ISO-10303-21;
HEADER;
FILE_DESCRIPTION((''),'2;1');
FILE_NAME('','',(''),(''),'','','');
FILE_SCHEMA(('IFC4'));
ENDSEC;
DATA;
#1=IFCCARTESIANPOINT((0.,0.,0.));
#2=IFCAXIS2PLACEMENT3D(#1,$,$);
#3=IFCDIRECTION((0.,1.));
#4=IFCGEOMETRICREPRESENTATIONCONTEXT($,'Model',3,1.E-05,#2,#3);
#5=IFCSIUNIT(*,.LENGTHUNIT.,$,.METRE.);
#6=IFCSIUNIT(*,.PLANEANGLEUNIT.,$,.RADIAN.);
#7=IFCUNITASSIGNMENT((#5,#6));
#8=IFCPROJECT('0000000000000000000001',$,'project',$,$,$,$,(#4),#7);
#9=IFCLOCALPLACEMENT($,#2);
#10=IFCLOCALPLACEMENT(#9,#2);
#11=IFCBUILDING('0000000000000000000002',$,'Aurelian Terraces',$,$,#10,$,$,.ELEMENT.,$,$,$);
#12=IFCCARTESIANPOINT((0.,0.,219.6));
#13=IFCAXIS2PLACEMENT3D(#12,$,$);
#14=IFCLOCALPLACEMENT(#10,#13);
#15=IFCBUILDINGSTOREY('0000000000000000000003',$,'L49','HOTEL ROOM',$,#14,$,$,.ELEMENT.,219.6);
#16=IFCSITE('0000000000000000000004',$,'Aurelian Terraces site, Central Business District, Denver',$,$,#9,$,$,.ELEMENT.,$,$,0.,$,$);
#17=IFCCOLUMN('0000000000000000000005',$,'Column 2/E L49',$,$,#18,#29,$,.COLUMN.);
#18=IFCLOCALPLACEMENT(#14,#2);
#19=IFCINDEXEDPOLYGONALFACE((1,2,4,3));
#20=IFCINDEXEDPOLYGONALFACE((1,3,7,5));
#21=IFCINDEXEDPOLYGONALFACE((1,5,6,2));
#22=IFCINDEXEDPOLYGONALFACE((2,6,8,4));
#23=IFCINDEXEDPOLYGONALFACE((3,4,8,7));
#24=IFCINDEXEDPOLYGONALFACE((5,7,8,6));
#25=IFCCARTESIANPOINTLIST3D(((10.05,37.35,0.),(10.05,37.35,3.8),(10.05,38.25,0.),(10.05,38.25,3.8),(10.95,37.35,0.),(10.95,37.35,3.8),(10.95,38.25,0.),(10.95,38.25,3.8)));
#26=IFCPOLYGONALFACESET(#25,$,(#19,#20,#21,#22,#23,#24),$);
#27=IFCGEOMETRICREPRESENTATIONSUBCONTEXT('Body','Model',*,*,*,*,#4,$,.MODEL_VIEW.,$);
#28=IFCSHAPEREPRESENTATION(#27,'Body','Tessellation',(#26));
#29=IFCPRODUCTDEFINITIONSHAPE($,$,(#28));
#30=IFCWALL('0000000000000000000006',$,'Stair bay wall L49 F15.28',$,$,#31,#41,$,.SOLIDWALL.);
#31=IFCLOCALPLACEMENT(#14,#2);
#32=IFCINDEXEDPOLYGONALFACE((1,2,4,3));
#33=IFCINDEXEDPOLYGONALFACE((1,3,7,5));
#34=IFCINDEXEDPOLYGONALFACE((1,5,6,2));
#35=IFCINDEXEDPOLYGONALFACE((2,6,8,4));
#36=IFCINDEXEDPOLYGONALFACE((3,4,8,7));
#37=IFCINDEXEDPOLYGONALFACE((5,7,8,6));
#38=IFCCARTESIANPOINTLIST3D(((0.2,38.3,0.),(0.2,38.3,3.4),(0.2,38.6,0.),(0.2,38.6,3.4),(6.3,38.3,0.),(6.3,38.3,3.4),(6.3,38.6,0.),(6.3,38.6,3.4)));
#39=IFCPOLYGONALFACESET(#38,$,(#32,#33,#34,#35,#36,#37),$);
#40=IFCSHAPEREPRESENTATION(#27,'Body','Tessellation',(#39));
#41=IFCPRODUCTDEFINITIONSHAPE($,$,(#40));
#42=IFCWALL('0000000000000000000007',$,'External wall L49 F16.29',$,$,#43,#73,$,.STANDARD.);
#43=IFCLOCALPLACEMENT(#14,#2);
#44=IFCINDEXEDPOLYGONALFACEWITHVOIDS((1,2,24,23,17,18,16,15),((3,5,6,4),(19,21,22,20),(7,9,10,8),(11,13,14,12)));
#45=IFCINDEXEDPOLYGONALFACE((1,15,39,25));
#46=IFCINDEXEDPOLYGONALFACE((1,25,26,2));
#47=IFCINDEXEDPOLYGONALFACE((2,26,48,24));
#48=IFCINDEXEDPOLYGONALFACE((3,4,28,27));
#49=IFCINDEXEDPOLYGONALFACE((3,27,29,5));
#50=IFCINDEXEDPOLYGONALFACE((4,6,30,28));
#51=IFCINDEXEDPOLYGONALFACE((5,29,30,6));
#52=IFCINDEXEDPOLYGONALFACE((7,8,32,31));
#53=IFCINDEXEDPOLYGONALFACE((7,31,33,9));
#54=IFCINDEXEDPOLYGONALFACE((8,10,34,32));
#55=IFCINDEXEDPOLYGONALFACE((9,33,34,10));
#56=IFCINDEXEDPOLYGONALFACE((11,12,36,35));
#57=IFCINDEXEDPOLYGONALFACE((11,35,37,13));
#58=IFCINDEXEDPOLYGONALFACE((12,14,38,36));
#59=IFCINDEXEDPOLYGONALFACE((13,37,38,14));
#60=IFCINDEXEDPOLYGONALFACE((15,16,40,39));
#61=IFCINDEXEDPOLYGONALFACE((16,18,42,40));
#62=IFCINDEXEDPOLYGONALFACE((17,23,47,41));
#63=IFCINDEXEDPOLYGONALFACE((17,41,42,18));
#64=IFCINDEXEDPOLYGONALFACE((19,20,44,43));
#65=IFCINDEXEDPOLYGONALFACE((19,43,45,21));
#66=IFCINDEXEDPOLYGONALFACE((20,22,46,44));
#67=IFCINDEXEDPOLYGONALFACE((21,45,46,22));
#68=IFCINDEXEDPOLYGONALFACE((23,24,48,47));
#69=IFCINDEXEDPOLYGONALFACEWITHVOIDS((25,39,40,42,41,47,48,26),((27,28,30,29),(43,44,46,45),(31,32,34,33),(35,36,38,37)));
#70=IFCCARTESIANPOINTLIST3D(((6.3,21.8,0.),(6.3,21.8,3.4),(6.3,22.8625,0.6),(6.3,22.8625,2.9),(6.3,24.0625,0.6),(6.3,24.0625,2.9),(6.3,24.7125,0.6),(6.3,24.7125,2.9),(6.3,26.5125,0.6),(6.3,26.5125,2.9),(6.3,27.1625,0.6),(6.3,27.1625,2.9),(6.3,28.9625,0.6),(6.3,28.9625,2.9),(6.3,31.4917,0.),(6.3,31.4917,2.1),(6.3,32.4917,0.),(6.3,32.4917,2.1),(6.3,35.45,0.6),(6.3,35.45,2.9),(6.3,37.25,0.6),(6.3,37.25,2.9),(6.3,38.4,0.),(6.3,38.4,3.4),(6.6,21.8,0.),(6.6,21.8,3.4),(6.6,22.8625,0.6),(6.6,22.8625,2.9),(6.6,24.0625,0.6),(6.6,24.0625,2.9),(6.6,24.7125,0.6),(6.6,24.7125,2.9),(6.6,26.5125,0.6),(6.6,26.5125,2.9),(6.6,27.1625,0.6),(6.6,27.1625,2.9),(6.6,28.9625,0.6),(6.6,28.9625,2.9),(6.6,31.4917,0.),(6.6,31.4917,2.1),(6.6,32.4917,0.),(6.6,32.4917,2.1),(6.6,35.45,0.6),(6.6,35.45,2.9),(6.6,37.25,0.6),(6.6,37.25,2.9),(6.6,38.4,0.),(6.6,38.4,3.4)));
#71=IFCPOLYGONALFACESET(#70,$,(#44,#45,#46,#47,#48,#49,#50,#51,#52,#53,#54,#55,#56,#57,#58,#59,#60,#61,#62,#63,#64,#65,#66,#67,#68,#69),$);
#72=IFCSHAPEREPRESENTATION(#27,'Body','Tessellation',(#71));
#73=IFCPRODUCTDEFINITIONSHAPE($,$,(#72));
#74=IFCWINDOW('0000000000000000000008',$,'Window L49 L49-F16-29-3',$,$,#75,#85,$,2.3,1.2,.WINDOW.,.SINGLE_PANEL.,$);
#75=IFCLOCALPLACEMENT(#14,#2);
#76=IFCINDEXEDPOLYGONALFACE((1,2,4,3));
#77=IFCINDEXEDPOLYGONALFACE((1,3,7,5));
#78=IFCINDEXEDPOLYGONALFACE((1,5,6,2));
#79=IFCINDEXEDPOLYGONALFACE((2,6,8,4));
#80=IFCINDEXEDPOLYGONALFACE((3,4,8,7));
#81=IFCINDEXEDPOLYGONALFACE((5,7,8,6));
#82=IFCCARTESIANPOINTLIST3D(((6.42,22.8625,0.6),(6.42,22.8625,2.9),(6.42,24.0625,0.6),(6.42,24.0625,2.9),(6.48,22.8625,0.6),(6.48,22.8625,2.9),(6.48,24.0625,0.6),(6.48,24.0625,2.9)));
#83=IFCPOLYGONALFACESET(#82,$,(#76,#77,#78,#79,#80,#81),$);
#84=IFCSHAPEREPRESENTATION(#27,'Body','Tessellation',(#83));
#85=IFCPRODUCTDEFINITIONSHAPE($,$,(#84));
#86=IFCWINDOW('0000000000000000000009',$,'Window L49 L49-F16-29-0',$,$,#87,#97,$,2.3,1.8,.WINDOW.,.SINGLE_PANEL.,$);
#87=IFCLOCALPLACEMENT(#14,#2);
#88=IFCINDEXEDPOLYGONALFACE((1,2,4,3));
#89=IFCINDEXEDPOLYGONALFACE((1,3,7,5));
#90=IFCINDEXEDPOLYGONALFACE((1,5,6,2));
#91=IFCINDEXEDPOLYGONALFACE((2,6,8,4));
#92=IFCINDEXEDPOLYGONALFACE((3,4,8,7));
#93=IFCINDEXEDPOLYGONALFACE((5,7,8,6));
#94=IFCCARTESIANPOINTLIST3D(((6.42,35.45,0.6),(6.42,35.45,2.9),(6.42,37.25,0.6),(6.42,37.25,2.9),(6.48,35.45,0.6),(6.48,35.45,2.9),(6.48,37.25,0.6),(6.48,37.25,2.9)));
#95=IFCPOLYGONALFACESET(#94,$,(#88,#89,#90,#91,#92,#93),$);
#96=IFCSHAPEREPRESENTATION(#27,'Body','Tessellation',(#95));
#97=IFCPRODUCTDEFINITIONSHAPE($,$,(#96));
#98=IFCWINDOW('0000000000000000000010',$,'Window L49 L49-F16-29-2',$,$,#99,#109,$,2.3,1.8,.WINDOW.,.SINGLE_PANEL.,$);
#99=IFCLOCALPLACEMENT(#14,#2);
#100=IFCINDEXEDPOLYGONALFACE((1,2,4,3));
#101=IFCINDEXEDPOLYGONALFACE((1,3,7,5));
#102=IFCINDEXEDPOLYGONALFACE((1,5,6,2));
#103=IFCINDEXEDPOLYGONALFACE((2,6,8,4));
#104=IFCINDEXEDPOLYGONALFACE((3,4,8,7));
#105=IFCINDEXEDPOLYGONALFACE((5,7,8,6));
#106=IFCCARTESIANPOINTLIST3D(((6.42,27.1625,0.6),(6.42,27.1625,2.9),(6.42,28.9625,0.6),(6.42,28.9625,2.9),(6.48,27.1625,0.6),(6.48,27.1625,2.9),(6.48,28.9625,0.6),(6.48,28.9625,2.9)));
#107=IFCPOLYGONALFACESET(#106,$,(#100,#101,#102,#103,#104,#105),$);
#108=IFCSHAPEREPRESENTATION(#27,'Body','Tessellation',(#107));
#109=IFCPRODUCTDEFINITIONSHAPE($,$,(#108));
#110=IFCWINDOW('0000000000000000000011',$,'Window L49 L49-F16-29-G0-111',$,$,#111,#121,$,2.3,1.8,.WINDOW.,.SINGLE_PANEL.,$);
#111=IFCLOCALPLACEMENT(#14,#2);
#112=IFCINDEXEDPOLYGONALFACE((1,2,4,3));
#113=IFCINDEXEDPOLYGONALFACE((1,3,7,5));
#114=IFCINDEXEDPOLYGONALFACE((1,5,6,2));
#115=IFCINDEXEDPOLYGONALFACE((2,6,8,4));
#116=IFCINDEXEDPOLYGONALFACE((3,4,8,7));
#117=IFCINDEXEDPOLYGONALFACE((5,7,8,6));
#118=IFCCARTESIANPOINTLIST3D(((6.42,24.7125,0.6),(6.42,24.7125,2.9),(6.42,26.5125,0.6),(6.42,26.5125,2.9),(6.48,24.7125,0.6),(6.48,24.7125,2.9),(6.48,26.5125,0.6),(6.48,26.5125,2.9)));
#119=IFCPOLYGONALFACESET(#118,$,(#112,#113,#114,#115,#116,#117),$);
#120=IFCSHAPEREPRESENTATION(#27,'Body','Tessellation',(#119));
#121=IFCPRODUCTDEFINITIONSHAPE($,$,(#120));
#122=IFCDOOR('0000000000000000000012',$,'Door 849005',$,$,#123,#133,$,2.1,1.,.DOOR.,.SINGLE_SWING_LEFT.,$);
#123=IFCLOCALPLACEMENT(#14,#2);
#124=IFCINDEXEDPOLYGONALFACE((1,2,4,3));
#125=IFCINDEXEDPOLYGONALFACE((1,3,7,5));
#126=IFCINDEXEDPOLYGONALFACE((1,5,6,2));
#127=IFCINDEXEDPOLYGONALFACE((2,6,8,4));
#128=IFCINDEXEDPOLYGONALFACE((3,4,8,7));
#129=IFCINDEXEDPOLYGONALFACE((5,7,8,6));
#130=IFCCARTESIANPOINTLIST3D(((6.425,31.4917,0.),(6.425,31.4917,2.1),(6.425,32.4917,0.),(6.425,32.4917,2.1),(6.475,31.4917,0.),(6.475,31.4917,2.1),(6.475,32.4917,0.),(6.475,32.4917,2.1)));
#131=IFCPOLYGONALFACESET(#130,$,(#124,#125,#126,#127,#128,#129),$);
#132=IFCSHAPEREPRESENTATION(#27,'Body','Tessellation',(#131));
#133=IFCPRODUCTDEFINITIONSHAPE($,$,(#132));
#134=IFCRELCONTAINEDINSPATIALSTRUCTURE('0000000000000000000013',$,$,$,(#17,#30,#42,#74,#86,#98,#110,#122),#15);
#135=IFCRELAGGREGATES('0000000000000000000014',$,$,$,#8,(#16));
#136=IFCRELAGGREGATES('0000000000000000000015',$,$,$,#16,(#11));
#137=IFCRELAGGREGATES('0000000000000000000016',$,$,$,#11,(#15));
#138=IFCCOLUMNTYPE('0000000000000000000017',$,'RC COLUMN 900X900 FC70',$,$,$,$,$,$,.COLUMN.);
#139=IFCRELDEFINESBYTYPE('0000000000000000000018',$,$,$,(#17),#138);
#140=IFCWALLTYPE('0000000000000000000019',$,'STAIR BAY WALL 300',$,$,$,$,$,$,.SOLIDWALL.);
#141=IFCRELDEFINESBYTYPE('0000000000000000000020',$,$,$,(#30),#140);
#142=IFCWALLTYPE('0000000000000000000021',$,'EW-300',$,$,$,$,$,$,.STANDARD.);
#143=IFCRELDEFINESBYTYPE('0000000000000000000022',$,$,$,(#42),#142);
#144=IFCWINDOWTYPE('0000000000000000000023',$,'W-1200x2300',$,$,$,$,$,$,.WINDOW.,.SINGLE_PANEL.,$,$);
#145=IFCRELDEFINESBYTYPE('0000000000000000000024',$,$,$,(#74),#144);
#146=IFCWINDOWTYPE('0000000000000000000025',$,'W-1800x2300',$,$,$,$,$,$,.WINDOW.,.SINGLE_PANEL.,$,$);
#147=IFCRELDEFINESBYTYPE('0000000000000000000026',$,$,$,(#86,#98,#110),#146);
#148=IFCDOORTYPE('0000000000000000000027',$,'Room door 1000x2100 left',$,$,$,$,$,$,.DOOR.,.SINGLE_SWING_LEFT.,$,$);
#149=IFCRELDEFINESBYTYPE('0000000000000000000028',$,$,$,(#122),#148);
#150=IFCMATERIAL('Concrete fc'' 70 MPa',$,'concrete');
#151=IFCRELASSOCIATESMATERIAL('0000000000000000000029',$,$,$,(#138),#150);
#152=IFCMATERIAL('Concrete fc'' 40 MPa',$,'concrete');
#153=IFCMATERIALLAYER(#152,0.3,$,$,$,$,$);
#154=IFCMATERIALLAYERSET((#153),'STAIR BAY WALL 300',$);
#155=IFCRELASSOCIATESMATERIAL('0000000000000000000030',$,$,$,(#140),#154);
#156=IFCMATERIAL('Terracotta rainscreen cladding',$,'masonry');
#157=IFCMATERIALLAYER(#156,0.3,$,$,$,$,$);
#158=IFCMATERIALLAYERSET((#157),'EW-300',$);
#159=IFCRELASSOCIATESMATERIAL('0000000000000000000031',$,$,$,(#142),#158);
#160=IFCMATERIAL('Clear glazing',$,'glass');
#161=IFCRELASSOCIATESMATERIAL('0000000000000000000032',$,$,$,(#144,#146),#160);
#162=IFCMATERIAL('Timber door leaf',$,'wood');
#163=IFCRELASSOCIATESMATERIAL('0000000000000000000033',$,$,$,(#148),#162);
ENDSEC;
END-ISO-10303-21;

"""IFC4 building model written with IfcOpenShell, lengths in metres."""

from ifc_helpers import new_model, si_unit, direction, frame, frame_2d, origin, origin_2d, place, context, subcontext, project, spatial, rectangle, extrude, source, transform, mapped, material, layer, layer_set, material_profile, profile_set, type_object, element, fill, save


model = new_model("IFC4")

# Units and contexts
model_context = context("Model", 3, precision=1e-05, world=origin(), true_north=direction((0.0, 1.0)))
body_context = subcontext(model_context, "Body", "Model", "MODEL_VIEW")
ifc_project = project(units=[si_unit("LENGTHUNIT", "METRE"), si_unit("PLANEANGLEUNIT", "RADIAN")], contexts=[model_context])

# Site, building, storey
site_placement = place(None, origin())
site = spatial("IfcSite", under=ifc_project, at=site_placement, Name="Aurelian Terraces site, Central Business District, Denver", CompositionType="ELEMENT", RefElevation=0.0)
building_placement = place(site_placement, origin())
building = spatial("IfcBuilding", under=site, at=building_placement, Name="Aurelian Terraces", CompositionType="ELEMENT")
storey_placement = place(building_placement, frame((0.0, 0.0, 219.6)))
storey = spatial("IfcBuildingStorey", under=building, at=storey_placement, Name="L49", Description="HOTEL ROOM", CompositionType="ELEMENT", Elevation=219.6)

# Column
ifc_material_1 = material(Name="Concrete fc' 70 MPa", Category="concrete")
ifc_material_profile = material_profile(ifc_material_1, rectangle(XDim=0.9, YDim=0.9, at=origin_2d()))
ifc_profile_set = profile_set([ifc_material_profile], Name="Concrete fc' 70 MPa")
column_type = type_object("IfcColumnType", Name="RC COLUMN 900X900 FC70", PredefinedType="COLUMN", material=ifc_profile_set)
shared_shape_1 = source(origin(), body_context, "Body", "SweptSolid", [
    extrude(rectangle(XDim=0.9, YDim=0.9, at=origin_2d()), origin(), (0.0, 0.0, 1.0), 3.8),
])
column_placement = place(storey_placement, frame((10.5, 37.8, 0.0), z_axis=(0.0, 0.0, 1.0), x_axis=(1.0, 0.0, 0.0)))
element("IfcColumn", 1, at=column_placement, inside=storey, type_object=column_type, Name="Column 2/E L49", PredefinedType="COLUMN", context=body_context, shape_type="MappedRepresentation", body=[
    mapped(shared_shape_1, transform((0.0, 0.0, 0.0), scale=1.0)),
])

# Wall
ifc_material_2 = material(Name="Concrete fc' 40 MPa", Category="concrete")
ifc_layer_1 = layer(ifc_material_2, 0.3)
ifc_layer_set_1 = layer_set([ifc_layer_1], Name="STAIR BAY WALL 300")
wall_type_1 = type_object("IfcWallType", Name="STAIR BAY WALL 300", PredefinedType="SOLIDWALL", material=ifc_layer_set_1)
shared_shape_2 = source(origin(), body_context, "Body", "SweptSolid", [
    extrude(rectangle(XDim=6.1, YDim=0.3, at=frame_2d((3.05, 0.0))), origin(), (0.0, 0.0, 1.0), 3.4),
])
wall_1_placement = place(storey_placement, frame((0.2, 38.45, 0.0), z_axis=(0.0, 0.0, 1.0), x_axis=(1.0, 0.0, 0.0)))
element("IfcWall", 2, at=wall_1_placement, inside=storey, type_object=wall_type_1, Name="Stair bay wall L49 F15.28", PredefinedType="SOLIDWALL", context=body_context, shape_type="MappedRepresentation", body=[
    mapped(shared_shape_2, transform((0.0, 0.0, 0.0), scale=1.0)),
])

# Wall, openings, windows, door
ifc_material_3 = material(Name="Terracotta rainscreen cladding", Category="masonry")
ifc_layer_2 = layer(ifc_material_3, 0.3)
ifc_layer_set_2 = layer_set([ifc_layer_2], Name="EW-300")
wall_type_2 = type_object("IfcWallType", Name="EW-300", PredefinedType="STANDARD", material=ifc_layer_set_2)
shared_shape_3 = source(origin(), body_context, "Body", "SweptSolid", [
    extrude(rectangle(XDim=16.6, YDim=0.3, at=frame_2d((8.3, 0.0))), origin(), (0.0, 0.0, 1.0), 3.4),
])
wall_2_placement = place(storey_placement, frame((6.45, 38.4, 0.0), z_axis=(0.0, 0.0, 1.0), x_axis=(0.0, -1.0, 0.0)))
wall_2 = element("IfcWall", 3, at=wall_2_placement, inside=storey, type_object=wall_type_2, Name="External wall L49 F16.29", PredefinedType="STANDARD", context=body_context, shape_type="MappedRepresentation", body=[
    mapped(shared_shape_3, transform((0.0, 0.0, 0.0), scale=1.0)),
])
shared_shape_4 = source(origin(), body_context, "Body", "SweptSolid", [
    extrude(rectangle(XDim=1.8, YDim=2.3, at=frame_2d((0.9, 1.15))), frame((0.0, 0.16, 0.0), z_axis=(0.0, -1.0, 0.0), x_axis=(1.0, 0.0, 0.0)), (0.0, 0.0, 1.0), 0.32),
])
opening_1_placement = place(wall_2_placement, frame((1.15, 0.0, 0.6)))
opening_1 = element("IfcOpeningElement", 4, at=opening_1_placement, cuts=wall_2, PredefinedType="OPENING", context=body_context, shape_type="MappedRepresentation", body=[
    mapped(shared_shape_4, transform((0.0, 0.0, 0.0), scale=1.0)),
])
opening_2_placement = place(wall_2_placement, frame((9.4375, 0.0, 0.6)))
opening_2 = element("IfcOpeningElement", 5, at=opening_2_placement, cuts=wall_2, PredefinedType="OPENING", context=body_context, shape_type="MappedRepresentation", body=[
    mapped(shared_shape_4, transform((0.0, 0.0, 0.0), scale=1.0)),
])
shared_shape_5 = source(origin(), body_context, "Body", "SweptSolid", [
    extrude(rectangle(XDim=1.2, YDim=2.3, at=frame_2d((0.6, 1.15))), frame((0.0, 0.16, 0.0), z_axis=(0.0, -1.0, 0.0), x_axis=(1.0, 0.0, 0.0)), (0.0, 0.0, 1.0), 0.32),
])
opening_3_placement = place(wall_2_placement, frame((14.3375, 0.0, 0.6)))
opening_3 = element("IfcOpeningElement", 6, at=opening_3_placement, cuts=wall_2, PredefinedType="OPENING", context=body_context, shape_type="MappedRepresentation", body=[
    mapped(shared_shape_5, transform((0.0, 0.0, 0.0), scale=1.0)),
])
opening_4_placement = place(wall_2_placement, frame((11.8875, 0.0, 0.6)))
opening_4 = element("IfcOpeningElement", 7, at=opening_4_placement, cuts=wall_2, PredefinedType="OPENING", context=body_context, shape_type="MappedRepresentation", body=[
    mapped(shared_shape_4, transform((0.0, 0.0, 0.0), scale=1.0)),
])
shared_shape_6 = source(origin(), body_context, "Body", "SweptSolid", [
    extrude(rectangle(XDim=1.0, YDim=2.1, at=frame_2d((0.5, 1.05))), frame((0.0, 0.16, 0.0), z_axis=(0.0, -1.0, 0.0), x_axis=(1.0, 0.0, 0.0)), (0.0, 0.0, 1.0), 0.32),
])
opening_5_placement = place(wall_2_placement, frame((5.9083, 0.0, 0.0)))
opening_5 = element("IfcOpeningElement", 8, at=opening_5_placement, cuts=wall_2, PredefinedType="OPENING", context=body_context, shape_type="MappedRepresentation", body=[
    mapped(shared_shape_6, transform((0.0, 0.0, 0.0), scale=1.0)),
])
ifc_material_4 = material(Name="Clear glazing", Category="glass")
window_type_1 = type_object("IfcWindowType", Name="W-1200x2300", PartitioningType="SINGLE_PANEL", PredefinedType="WINDOW", material=ifc_material_4)
shared_shape_7 = source(origin(), body_context, "Body", "SweptSolid", [
    extrude(rectangle(XDim=1.2, YDim=2.3, at=frame_2d((0.6, 1.15))), frame((0.0, 0.03, 0.0), z_axis=(0.0, -1.0, 0.0), x_axis=(1.0, 0.0, 0.0)), (0.0, 0.0, 1.0), 0.06),
])
window_1_placement = place(opening_3_placement, origin())
window_1 = element("IfcWindow", 9, at=window_1_placement, inside=storey, type_object=window_type_1, Name="Window L49 L49-F16-29-3", OverallHeight=2.3, OverallWidth=1.2, PartitioningType="SINGLE_PANEL", PredefinedType="WINDOW", context=body_context, shape_type="MappedRepresentation", body=[
    mapped(shared_shape_7, transform((0.0, 0.0, 0.0), scale=1.0)),
])
fill(opening_3, window_1)
window_type_2 = type_object("IfcWindowType", Name="W-1800x2300", PartitioningType="SINGLE_PANEL", PredefinedType="WINDOW", material=ifc_material_4)
shared_shape_8 = source(origin(), body_context, "Body", "SweptSolid", [
    extrude(rectangle(XDim=1.8, YDim=2.3, at=frame_2d((0.9, 1.15))), frame((0.0, 0.03, 0.0), z_axis=(0.0, -1.0, 0.0), x_axis=(1.0, 0.0, 0.0)), (0.0, 0.0, 1.0), 0.06),
])
window_2_placement = place(opening_1_placement, origin())
window_2 = element("IfcWindow", 10, at=window_2_placement, inside=storey, type_object=window_type_2, Name="Window L49 L49-F16-29-0", OverallHeight=2.3, OverallWidth=1.8, PartitioningType="SINGLE_PANEL", PredefinedType="WINDOW", context=body_context, shape_type="MappedRepresentation", body=[
    mapped(shared_shape_8, transform((0.0, 0.0, 0.0), scale=1.0)),
])
fill(opening_1, window_2)
window_3_placement = place(opening_2_placement, origin())
window_3 = element("IfcWindow", 11, at=window_3_placement, inside=storey, type_object=window_type_2, Name="Window L49 L49-F16-29-2", OverallHeight=2.3, OverallWidth=1.8, PartitioningType="SINGLE_PANEL", PredefinedType="WINDOW", context=body_context, shape_type="MappedRepresentation", body=[
    mapped(shared_shape_8, transform((0.0, 0.0, 0.0), scale=1.0)),
])
fill(opening_2, window_3)
window_4_placement = place(opening_4_placement, origin())
window_4 = element("IfcWindow", 12, at=window_4_placement, inside=storey, type_object=window_type_2, Name="Window L49 L49-F16-29-G0-111", OverallHeight=2.3, OverallWidth=1.8, PartitioningType="SINGLE_PANEL", PredefinedType="WINDOW", context=body_context, shape_type="MappedRepresentation", body=[
    mapped(shared_shape_8, transform((0.0, 0.0, 0.0), scale=1.0)),
])
fill(opening_4, window_4)
ifc_material_5 = material(Name="Timber door leaf", Category="wood")
door_type_1 = type_object("IfcDoorType", Name="Room door 1000x2100 left", OperationType="SINGLE_SWING_LEFT", PredefinedType="DOOR", material=ifc_material_5)
shared_shape_9 = source(origin(), body_context, "Body", "SweptSolid", [
    extrude(rectangle(XDim=1.0, YDim=2.1, at=frame_2d((0.5, 1.05))), frame((0.0, 0.025, 0.0), z_axis=(0.0, -1.0, 0.0), x_axis=(1.0, 0.0, 0.0)), (0.0, 0.0, 1.0), 0.05),
])
door_1_placement = place(opening_5_placement, origin())
door_1 = element("IfcDoor", 13, at=door_1_placement, inside=storey, type_object=door_type_1, Name="Door 849005", OperationType="SINGLE_SWING_LEFT", OverallHeight=2.1, OverallWidth=1.0, PredefinedType="DOOR", context=body_context, shape_type="MappedRepresentation", body=[
    mapped(shared_shape_9, transform((0.0, 0.0, 0.0), scale=1.0)),
])
fill(opening_5, door_1)

save(model, "model.ifc")
